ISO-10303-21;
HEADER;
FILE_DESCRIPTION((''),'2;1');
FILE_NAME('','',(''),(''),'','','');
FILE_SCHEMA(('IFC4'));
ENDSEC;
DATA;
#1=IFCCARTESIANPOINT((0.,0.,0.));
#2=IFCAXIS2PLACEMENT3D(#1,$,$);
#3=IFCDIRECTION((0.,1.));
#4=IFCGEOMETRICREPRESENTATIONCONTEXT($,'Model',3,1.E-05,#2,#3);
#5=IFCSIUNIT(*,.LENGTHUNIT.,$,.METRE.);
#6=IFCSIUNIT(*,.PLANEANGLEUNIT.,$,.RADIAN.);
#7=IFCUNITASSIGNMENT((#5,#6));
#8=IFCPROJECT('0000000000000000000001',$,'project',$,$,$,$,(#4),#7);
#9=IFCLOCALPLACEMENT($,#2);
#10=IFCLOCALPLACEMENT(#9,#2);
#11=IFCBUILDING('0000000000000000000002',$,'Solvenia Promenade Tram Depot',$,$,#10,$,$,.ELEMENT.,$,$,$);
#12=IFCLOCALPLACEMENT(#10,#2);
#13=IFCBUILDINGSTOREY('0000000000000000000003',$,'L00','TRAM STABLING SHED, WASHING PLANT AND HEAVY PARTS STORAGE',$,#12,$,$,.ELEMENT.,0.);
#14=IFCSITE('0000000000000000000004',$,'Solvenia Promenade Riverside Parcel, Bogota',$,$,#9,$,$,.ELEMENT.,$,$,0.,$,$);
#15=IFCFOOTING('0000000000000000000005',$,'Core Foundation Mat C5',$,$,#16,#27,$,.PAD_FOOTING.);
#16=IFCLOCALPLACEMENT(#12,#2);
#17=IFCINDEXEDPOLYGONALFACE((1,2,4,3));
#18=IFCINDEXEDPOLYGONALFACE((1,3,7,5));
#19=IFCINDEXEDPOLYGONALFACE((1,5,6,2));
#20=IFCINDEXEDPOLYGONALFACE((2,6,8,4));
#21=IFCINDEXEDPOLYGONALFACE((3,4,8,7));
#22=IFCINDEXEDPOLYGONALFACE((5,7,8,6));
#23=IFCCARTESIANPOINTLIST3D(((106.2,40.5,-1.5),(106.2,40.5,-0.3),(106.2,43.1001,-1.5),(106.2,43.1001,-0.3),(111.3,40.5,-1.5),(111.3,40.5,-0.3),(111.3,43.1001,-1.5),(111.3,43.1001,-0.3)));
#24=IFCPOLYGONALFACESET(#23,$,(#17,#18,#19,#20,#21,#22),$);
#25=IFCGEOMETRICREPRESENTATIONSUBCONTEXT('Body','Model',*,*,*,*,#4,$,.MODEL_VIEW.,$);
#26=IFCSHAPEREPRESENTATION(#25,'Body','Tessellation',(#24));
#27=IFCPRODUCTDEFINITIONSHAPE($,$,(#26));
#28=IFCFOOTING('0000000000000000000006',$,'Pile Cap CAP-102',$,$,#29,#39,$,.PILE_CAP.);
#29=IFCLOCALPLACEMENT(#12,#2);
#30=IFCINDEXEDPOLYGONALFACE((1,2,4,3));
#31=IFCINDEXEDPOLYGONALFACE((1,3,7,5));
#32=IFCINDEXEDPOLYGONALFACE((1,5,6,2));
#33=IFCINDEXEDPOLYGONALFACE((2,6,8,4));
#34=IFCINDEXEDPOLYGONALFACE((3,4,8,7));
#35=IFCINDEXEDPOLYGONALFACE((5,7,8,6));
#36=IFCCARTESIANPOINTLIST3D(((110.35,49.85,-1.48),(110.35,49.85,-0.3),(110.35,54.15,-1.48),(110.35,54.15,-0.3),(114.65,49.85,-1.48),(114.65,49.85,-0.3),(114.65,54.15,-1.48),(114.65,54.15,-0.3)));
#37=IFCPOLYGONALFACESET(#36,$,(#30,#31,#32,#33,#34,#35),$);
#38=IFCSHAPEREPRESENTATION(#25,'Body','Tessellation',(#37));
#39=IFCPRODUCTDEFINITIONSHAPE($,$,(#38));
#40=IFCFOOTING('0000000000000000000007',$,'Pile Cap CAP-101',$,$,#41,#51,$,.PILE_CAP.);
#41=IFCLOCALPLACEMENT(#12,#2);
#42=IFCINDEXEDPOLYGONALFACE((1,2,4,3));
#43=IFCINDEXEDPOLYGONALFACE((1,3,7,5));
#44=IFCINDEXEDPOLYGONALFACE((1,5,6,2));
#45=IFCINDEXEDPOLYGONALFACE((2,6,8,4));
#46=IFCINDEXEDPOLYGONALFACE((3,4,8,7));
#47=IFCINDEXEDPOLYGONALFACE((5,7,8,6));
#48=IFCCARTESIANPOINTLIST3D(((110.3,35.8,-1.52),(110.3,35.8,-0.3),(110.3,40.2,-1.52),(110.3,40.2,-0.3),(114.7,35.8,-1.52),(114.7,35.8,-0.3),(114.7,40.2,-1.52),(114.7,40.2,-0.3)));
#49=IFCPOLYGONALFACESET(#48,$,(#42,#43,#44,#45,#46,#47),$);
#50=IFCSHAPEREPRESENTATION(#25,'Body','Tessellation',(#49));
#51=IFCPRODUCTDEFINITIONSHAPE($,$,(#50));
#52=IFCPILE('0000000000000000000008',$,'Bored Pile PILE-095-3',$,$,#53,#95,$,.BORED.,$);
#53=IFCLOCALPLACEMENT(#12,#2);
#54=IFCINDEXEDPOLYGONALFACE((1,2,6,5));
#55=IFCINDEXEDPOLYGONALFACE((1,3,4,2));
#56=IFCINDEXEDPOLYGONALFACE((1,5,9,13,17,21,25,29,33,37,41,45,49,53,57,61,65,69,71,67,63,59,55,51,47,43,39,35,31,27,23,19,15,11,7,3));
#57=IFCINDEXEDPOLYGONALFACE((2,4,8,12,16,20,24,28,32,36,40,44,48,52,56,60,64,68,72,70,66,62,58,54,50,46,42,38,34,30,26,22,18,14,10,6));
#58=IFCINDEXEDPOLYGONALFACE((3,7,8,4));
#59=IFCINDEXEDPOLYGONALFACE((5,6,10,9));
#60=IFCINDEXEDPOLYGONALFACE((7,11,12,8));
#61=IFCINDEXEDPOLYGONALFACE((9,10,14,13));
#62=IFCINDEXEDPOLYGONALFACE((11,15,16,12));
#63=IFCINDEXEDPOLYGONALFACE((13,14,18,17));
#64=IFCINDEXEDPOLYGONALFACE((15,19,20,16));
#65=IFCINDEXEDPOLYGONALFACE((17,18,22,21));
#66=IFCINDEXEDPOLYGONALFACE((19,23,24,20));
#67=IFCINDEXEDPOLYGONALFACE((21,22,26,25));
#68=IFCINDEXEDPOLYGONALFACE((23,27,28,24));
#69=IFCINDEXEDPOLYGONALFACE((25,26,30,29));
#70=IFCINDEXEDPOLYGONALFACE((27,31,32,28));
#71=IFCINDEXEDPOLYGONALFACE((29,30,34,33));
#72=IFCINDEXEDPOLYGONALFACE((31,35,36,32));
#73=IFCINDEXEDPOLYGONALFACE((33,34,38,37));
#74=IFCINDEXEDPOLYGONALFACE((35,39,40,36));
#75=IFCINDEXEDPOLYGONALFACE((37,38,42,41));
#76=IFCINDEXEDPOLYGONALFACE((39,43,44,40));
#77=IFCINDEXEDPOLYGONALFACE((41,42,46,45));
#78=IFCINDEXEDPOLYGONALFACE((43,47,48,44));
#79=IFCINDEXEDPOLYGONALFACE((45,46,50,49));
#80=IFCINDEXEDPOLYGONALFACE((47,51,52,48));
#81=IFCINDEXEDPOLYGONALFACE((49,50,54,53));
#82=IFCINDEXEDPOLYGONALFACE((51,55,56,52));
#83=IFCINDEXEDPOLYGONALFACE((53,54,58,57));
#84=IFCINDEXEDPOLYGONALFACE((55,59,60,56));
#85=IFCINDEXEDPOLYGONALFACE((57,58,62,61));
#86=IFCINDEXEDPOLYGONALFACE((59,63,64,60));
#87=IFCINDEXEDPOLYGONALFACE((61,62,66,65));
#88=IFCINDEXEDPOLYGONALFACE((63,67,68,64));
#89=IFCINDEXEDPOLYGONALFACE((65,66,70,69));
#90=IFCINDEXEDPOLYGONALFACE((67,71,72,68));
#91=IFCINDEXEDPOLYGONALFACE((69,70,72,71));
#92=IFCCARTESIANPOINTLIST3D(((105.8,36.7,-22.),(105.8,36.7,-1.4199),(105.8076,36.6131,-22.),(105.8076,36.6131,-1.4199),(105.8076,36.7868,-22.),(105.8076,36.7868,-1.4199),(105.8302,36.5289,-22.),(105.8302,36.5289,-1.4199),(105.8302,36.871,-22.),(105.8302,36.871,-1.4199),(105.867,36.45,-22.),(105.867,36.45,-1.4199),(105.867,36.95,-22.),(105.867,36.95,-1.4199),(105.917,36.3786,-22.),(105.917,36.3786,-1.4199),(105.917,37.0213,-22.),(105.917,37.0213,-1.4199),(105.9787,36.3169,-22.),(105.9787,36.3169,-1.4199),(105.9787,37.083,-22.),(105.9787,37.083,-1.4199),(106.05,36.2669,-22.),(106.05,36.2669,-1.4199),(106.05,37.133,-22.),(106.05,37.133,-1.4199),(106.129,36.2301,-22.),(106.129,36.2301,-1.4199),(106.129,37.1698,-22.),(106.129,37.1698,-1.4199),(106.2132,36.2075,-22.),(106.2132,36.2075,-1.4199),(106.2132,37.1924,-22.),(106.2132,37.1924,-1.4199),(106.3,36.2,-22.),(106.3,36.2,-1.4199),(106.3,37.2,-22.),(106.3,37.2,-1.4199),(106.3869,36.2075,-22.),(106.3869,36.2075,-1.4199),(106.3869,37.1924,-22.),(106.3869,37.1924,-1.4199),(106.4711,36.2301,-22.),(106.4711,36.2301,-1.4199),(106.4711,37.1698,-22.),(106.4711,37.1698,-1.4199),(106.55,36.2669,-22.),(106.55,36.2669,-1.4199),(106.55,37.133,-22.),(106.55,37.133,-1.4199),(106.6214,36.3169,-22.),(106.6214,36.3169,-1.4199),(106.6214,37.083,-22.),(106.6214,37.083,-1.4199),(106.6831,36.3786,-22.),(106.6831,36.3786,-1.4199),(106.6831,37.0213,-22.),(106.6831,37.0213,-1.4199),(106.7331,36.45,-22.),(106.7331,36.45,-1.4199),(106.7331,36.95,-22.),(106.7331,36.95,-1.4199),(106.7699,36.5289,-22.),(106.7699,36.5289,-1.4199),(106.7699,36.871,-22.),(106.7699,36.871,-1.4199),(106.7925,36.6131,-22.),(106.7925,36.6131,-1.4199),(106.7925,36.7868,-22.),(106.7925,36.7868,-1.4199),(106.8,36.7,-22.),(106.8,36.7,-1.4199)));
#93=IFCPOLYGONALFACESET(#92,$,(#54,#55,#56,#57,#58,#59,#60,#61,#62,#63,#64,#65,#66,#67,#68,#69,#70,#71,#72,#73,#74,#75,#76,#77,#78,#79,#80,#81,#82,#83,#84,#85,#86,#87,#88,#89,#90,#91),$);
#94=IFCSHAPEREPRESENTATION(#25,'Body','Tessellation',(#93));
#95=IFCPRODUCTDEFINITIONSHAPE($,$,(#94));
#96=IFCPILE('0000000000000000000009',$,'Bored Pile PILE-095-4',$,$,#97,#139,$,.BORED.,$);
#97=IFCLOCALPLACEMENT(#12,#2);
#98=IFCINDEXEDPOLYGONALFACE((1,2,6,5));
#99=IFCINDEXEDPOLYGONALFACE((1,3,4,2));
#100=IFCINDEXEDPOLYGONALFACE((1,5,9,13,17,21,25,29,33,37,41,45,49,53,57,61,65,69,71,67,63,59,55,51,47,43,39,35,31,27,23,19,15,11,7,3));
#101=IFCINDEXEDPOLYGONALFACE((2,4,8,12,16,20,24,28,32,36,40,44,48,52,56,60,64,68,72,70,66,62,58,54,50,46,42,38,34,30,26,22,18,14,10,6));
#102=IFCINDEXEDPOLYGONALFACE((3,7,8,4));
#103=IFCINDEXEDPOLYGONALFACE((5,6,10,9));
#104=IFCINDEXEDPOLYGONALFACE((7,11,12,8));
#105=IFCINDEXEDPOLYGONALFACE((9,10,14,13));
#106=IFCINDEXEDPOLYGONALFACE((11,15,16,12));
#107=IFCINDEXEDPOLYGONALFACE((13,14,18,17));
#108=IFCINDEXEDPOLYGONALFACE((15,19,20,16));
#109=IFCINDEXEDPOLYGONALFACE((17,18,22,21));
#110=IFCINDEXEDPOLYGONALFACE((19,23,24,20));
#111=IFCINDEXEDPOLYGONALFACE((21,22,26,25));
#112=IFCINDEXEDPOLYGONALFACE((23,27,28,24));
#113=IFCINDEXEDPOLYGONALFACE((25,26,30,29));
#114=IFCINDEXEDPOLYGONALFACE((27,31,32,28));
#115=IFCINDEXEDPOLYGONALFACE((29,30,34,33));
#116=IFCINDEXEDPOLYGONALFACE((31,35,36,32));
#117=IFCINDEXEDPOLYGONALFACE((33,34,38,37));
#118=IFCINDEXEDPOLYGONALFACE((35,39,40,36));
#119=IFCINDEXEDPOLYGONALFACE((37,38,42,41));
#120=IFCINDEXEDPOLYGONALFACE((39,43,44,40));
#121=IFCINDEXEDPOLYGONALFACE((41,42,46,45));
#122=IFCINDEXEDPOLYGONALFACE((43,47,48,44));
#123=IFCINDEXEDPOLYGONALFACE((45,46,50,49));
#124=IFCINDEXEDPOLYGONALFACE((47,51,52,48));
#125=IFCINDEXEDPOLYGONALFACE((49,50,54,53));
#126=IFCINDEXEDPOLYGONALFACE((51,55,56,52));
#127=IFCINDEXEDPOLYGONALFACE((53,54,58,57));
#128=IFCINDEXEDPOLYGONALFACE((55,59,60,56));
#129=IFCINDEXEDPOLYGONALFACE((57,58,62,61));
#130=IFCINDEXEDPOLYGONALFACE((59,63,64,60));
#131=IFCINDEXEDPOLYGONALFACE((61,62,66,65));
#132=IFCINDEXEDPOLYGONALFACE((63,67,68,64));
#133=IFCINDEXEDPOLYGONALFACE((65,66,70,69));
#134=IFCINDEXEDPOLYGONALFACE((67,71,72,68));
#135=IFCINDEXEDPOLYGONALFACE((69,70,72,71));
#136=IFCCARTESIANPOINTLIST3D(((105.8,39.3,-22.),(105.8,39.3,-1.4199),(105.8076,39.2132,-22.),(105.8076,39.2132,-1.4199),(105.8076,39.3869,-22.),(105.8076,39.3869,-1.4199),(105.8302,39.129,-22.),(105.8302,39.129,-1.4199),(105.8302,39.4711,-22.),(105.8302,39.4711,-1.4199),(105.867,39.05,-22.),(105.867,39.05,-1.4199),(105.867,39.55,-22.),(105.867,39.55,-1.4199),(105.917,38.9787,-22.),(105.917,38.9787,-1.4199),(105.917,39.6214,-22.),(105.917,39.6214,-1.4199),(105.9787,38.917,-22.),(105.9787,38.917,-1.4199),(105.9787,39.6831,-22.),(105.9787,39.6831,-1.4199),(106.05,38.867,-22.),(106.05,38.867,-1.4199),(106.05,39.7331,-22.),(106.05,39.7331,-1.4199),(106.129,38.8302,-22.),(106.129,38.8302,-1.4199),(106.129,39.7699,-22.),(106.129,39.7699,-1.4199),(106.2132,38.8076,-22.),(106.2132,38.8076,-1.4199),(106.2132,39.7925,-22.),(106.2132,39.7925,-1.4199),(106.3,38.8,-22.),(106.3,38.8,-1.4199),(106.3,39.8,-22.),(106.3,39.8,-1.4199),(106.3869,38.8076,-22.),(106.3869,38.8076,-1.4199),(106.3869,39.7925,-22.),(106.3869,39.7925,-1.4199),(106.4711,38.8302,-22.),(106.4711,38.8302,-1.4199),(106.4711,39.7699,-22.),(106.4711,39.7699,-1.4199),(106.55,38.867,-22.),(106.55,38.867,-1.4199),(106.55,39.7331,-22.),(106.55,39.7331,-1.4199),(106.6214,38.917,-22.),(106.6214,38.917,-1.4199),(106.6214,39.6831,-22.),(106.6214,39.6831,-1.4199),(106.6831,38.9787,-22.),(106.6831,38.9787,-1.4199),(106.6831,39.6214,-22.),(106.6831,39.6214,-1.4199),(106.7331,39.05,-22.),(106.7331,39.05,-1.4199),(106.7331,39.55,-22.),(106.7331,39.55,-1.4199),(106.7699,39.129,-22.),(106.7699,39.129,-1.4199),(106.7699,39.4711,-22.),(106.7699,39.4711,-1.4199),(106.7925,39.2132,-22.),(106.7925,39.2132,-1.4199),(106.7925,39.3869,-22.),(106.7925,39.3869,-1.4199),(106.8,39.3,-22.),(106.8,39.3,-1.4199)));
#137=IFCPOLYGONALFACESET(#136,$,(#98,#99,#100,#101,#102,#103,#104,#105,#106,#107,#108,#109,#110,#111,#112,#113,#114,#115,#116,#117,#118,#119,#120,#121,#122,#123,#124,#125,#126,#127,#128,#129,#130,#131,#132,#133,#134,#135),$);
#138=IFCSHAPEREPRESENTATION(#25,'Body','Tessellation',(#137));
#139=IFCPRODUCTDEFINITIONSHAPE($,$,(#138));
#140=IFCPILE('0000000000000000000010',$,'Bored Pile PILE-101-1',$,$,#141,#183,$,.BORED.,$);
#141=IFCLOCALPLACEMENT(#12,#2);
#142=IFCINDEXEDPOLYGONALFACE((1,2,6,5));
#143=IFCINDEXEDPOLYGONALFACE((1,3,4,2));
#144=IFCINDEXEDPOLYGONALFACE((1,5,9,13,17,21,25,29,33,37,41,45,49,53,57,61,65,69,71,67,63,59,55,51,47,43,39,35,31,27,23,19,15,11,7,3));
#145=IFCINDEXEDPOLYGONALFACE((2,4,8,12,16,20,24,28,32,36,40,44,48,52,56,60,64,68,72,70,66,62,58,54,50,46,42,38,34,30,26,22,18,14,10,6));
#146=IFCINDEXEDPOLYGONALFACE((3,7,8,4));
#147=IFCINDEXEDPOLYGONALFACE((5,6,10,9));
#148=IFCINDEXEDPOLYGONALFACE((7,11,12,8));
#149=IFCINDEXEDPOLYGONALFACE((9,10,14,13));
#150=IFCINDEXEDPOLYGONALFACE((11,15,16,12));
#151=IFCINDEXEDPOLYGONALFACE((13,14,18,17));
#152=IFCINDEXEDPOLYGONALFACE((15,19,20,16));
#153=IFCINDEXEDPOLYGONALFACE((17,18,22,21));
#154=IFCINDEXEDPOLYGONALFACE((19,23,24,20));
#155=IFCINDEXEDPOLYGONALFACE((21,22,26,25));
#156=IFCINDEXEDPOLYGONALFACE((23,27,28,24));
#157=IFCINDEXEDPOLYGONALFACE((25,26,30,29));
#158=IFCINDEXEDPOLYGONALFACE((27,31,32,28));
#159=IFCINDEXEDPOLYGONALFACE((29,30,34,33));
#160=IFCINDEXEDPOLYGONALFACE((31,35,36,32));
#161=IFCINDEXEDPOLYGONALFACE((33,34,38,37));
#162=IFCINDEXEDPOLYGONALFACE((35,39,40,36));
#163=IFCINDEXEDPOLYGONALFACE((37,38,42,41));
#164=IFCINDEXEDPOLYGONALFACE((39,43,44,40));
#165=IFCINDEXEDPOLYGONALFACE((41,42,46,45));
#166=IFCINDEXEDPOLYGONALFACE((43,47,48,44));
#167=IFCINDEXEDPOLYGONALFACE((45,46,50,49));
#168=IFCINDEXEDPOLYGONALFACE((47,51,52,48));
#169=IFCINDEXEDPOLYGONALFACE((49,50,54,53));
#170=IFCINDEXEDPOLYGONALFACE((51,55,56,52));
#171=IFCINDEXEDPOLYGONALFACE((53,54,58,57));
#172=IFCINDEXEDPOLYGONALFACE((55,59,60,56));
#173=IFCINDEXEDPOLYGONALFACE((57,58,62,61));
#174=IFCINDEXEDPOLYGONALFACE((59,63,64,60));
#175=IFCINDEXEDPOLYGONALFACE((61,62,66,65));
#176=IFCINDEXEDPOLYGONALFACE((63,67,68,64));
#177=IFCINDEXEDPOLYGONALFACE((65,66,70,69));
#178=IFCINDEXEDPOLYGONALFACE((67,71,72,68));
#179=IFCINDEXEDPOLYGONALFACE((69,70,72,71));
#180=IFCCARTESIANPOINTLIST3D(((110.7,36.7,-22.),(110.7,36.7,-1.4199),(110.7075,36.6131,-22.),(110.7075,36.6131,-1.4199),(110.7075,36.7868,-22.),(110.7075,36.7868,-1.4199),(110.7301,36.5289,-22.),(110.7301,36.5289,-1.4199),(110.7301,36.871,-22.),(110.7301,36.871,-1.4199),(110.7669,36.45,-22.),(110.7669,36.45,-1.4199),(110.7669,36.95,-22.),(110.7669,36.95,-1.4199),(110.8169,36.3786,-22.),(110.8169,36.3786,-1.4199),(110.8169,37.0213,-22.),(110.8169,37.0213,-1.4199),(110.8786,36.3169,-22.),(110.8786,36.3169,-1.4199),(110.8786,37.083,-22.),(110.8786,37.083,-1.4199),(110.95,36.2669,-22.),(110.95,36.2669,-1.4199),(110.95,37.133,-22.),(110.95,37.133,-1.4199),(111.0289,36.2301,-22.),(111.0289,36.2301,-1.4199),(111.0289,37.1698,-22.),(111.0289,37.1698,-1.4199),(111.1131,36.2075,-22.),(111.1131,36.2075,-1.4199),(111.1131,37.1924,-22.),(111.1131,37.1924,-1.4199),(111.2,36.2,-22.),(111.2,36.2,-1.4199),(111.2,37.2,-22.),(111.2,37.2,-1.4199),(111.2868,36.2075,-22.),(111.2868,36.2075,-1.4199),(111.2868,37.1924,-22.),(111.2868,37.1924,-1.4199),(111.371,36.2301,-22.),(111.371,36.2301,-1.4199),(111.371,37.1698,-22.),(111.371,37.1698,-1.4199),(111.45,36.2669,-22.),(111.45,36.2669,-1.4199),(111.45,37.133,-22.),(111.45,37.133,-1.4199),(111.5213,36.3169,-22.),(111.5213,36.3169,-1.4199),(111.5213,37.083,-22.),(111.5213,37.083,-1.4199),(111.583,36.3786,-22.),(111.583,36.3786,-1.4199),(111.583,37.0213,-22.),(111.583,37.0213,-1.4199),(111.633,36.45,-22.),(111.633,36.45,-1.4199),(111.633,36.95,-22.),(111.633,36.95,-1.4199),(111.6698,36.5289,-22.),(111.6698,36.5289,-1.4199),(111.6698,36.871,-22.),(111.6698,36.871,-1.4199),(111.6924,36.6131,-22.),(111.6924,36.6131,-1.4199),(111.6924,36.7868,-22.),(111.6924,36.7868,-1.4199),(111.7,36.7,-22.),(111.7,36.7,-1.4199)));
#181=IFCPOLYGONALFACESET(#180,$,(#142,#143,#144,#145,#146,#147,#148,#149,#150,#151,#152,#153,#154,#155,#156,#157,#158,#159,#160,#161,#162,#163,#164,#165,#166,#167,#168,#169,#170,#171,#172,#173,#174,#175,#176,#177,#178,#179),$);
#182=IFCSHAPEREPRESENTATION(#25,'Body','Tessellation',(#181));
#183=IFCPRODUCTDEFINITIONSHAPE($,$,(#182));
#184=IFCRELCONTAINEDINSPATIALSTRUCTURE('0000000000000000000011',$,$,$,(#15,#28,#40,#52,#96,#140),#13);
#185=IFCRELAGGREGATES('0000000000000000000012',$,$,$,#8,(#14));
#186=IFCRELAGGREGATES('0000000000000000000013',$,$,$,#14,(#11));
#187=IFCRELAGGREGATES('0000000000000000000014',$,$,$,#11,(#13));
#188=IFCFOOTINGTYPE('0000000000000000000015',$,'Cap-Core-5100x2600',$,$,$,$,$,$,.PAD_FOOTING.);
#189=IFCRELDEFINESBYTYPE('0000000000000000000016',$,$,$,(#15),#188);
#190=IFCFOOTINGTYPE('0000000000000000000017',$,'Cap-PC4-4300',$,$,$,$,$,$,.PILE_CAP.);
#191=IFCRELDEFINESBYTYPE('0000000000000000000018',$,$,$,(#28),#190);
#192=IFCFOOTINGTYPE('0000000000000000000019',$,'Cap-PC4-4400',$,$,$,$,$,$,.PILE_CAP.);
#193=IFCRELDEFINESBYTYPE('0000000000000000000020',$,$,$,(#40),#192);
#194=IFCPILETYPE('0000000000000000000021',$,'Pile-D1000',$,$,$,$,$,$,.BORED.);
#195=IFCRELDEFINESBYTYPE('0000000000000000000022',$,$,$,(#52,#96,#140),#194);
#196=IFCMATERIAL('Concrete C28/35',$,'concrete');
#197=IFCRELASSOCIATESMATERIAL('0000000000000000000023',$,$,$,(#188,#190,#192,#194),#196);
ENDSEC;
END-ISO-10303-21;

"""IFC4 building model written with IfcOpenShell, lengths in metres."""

from ifc_helpers import new_model, si_unit, direction, frame, origin, origin_2d, place, context, subcontext, project, spatial, rectangle, circle, extrude, material, material_profile, profile_set, type_object, element, save


model = new_model("IFC4")

# Units and contexts
model_context = context("Model", 3, precision=1e-05, world=origin(), true_north=direction((0.0, 1.0)))
body_context = subcontext(model_context, "Body", "Model", "MODEL_VIEW")
ifc_project = project(units=[si_unit("LENGTHUNIT", "METRE"), si_unit("PLANEANGLEUNIT", "RADIAN")], contexts=[model_context])

# Site, building, storey
site_placement = place(None, origin())
site = spatial("IfcSite", under=ifc_project, at=site_placement, Name="Solvenia Promenade Riverside Parcel, Bogota", CompositionType="ELEMENT", RefElevation=0.0)
building_placement = place(site_placement, origin())
building = spatial("IfcBuilding", under=site, at=building_placement, Name="Solvenia Promenade Tram Depot", CompositionType="ELEMENT")
storey_placement = place(building_placement, origin())
storey = spatial("IfcBuildingStorey", under=building, at=storey_placement, Name="L00", Description="TRAM STABLING SHED, WASHING PLANT AND HEAVY PARTS STORAGE", CompositionType="ELEMENT", Elevation=0.0)

# Footings
ifc_material_1 = material(Name="Concrete C28/35", Category="concrete")
footing_type_1 = type_object("IfcFootingType", Name="Cap-Core-5100x2600", PredefinedType="PAD_FOOTING", material=ifc_material_1)
footing_1_placement = place(storey_placement, frame((108.75, 41.8, -1.5), z_axis=(0.0, 0.0, 1.0), x_axis=(1.0, 0.0, 0.0)))
element("IfcFooting", 1, at=footing_1_placement, inside=storey, type_object=footing_type_1, Name="Core Foundation Mat C5", PredefinedType="PAD_FOOTING", context=body_context, shape_type="SweptSolid", body=[
    extrude(rectangle(XDim=5.1001, YDim=2.6001, at=origin_2d()), origin(), (0.0, 0.0, 1.0), 1.2),
])
footing_type_2 = type_object("IfcFootingType", Name="Cap-PC4-4300", PredefinedType="PILE_CAP", material=ifc_material_1)
footing_2_placement = place(storey_placement, frame((112.5, 52.0, -1.48), z_axis=(0.0, 0.0, 1.0), x_axis=(1.0, 0.0, 0.0)))
element("IfcFooting", 2, at=footing_2_placement, inside=storey, type_object=footing_type_2, Name="Pile Cap CAP-102", PredefinedType="PILE_CAP", context=body_context, shape_type="SweptSolid", body=[
    extrude(rectangle(XDim=4.3, YDim=4.3, at=origin_2d()), origin(), (0.0, 0.0, 1.0), 1.1799),
])
footing_type_3 = type_object("IfcFootingType", Name="Cap-PC4-4400", PredefinedType="PILE_CAP", material=ifc_material_1)
footing_3_placement = place(storey_placement, frame((112.5, 38.0, -1.52), z_axis=(0.0, 0.0, 1.0), x_axis=(1.0, 0.0, 0.0)))
element("IfcFooting", 3, at=footing_3_placement, inside=storey, type_object=footing_type_3, Name="Pile Cap CAP-101", PredefinedType="PILE_CAP", context=body_context, shape_type="SweptSolid", body=[
    extrude(rectangle(XDim=4.3999, YDim=4.3999, at=origin_2d()), origin(), (0.0, 0.0, 1.0), 1.22),
])

# Piles
ifc_material_profile_1 = material_profile(ifc_material_1, circle(Radius=0.5, at=origin_2d()), Name="D1000", Category="concrete")
ifc_profile_set_1 = profile_set([ifc_material_profile_1], Name="Concrete C28/35")
pile_type_1 = type_object("IfcPileType", Name="Pile-D1000", PredefinedType="BORED", material=ifc_profile_set_1)
for number, where, z_axis, x_axis, name in (
    (4, (106.3, 36.7, -1.4199), (0.0, 0.0, -1.0), (1.0, 0.0, 0.0), "Bored Pile PILE-095-3"),
    (5, (106.3, 39.3, -1.4199), (0.0, 0.0, -1.0), (1.0, 0.0, 0.0), "Bored Pile PILE-095-4"),
    (6, (111.2, 36.7, -1.4199), (0.0, 0.0, -1.0), (1.0, 0.0, 0.0), "Bored Pile PILE-101-1"),
):
    element("IfcPile", number, at=place(storey_placement, frame(where, z_axis=z_axis, x_axis=x_axis)), inside=storey, type_object=pile_type_1, Name=name, PredefinedType="BORED", context=body_context, shape_type="SweptSolid", body=[
        extrude(circle(Radius=0.5, at=origin_2d()), origin(), (0.0, 0.0, 1.0), 20.5801),
    ])

save(model, "model.ifc")
